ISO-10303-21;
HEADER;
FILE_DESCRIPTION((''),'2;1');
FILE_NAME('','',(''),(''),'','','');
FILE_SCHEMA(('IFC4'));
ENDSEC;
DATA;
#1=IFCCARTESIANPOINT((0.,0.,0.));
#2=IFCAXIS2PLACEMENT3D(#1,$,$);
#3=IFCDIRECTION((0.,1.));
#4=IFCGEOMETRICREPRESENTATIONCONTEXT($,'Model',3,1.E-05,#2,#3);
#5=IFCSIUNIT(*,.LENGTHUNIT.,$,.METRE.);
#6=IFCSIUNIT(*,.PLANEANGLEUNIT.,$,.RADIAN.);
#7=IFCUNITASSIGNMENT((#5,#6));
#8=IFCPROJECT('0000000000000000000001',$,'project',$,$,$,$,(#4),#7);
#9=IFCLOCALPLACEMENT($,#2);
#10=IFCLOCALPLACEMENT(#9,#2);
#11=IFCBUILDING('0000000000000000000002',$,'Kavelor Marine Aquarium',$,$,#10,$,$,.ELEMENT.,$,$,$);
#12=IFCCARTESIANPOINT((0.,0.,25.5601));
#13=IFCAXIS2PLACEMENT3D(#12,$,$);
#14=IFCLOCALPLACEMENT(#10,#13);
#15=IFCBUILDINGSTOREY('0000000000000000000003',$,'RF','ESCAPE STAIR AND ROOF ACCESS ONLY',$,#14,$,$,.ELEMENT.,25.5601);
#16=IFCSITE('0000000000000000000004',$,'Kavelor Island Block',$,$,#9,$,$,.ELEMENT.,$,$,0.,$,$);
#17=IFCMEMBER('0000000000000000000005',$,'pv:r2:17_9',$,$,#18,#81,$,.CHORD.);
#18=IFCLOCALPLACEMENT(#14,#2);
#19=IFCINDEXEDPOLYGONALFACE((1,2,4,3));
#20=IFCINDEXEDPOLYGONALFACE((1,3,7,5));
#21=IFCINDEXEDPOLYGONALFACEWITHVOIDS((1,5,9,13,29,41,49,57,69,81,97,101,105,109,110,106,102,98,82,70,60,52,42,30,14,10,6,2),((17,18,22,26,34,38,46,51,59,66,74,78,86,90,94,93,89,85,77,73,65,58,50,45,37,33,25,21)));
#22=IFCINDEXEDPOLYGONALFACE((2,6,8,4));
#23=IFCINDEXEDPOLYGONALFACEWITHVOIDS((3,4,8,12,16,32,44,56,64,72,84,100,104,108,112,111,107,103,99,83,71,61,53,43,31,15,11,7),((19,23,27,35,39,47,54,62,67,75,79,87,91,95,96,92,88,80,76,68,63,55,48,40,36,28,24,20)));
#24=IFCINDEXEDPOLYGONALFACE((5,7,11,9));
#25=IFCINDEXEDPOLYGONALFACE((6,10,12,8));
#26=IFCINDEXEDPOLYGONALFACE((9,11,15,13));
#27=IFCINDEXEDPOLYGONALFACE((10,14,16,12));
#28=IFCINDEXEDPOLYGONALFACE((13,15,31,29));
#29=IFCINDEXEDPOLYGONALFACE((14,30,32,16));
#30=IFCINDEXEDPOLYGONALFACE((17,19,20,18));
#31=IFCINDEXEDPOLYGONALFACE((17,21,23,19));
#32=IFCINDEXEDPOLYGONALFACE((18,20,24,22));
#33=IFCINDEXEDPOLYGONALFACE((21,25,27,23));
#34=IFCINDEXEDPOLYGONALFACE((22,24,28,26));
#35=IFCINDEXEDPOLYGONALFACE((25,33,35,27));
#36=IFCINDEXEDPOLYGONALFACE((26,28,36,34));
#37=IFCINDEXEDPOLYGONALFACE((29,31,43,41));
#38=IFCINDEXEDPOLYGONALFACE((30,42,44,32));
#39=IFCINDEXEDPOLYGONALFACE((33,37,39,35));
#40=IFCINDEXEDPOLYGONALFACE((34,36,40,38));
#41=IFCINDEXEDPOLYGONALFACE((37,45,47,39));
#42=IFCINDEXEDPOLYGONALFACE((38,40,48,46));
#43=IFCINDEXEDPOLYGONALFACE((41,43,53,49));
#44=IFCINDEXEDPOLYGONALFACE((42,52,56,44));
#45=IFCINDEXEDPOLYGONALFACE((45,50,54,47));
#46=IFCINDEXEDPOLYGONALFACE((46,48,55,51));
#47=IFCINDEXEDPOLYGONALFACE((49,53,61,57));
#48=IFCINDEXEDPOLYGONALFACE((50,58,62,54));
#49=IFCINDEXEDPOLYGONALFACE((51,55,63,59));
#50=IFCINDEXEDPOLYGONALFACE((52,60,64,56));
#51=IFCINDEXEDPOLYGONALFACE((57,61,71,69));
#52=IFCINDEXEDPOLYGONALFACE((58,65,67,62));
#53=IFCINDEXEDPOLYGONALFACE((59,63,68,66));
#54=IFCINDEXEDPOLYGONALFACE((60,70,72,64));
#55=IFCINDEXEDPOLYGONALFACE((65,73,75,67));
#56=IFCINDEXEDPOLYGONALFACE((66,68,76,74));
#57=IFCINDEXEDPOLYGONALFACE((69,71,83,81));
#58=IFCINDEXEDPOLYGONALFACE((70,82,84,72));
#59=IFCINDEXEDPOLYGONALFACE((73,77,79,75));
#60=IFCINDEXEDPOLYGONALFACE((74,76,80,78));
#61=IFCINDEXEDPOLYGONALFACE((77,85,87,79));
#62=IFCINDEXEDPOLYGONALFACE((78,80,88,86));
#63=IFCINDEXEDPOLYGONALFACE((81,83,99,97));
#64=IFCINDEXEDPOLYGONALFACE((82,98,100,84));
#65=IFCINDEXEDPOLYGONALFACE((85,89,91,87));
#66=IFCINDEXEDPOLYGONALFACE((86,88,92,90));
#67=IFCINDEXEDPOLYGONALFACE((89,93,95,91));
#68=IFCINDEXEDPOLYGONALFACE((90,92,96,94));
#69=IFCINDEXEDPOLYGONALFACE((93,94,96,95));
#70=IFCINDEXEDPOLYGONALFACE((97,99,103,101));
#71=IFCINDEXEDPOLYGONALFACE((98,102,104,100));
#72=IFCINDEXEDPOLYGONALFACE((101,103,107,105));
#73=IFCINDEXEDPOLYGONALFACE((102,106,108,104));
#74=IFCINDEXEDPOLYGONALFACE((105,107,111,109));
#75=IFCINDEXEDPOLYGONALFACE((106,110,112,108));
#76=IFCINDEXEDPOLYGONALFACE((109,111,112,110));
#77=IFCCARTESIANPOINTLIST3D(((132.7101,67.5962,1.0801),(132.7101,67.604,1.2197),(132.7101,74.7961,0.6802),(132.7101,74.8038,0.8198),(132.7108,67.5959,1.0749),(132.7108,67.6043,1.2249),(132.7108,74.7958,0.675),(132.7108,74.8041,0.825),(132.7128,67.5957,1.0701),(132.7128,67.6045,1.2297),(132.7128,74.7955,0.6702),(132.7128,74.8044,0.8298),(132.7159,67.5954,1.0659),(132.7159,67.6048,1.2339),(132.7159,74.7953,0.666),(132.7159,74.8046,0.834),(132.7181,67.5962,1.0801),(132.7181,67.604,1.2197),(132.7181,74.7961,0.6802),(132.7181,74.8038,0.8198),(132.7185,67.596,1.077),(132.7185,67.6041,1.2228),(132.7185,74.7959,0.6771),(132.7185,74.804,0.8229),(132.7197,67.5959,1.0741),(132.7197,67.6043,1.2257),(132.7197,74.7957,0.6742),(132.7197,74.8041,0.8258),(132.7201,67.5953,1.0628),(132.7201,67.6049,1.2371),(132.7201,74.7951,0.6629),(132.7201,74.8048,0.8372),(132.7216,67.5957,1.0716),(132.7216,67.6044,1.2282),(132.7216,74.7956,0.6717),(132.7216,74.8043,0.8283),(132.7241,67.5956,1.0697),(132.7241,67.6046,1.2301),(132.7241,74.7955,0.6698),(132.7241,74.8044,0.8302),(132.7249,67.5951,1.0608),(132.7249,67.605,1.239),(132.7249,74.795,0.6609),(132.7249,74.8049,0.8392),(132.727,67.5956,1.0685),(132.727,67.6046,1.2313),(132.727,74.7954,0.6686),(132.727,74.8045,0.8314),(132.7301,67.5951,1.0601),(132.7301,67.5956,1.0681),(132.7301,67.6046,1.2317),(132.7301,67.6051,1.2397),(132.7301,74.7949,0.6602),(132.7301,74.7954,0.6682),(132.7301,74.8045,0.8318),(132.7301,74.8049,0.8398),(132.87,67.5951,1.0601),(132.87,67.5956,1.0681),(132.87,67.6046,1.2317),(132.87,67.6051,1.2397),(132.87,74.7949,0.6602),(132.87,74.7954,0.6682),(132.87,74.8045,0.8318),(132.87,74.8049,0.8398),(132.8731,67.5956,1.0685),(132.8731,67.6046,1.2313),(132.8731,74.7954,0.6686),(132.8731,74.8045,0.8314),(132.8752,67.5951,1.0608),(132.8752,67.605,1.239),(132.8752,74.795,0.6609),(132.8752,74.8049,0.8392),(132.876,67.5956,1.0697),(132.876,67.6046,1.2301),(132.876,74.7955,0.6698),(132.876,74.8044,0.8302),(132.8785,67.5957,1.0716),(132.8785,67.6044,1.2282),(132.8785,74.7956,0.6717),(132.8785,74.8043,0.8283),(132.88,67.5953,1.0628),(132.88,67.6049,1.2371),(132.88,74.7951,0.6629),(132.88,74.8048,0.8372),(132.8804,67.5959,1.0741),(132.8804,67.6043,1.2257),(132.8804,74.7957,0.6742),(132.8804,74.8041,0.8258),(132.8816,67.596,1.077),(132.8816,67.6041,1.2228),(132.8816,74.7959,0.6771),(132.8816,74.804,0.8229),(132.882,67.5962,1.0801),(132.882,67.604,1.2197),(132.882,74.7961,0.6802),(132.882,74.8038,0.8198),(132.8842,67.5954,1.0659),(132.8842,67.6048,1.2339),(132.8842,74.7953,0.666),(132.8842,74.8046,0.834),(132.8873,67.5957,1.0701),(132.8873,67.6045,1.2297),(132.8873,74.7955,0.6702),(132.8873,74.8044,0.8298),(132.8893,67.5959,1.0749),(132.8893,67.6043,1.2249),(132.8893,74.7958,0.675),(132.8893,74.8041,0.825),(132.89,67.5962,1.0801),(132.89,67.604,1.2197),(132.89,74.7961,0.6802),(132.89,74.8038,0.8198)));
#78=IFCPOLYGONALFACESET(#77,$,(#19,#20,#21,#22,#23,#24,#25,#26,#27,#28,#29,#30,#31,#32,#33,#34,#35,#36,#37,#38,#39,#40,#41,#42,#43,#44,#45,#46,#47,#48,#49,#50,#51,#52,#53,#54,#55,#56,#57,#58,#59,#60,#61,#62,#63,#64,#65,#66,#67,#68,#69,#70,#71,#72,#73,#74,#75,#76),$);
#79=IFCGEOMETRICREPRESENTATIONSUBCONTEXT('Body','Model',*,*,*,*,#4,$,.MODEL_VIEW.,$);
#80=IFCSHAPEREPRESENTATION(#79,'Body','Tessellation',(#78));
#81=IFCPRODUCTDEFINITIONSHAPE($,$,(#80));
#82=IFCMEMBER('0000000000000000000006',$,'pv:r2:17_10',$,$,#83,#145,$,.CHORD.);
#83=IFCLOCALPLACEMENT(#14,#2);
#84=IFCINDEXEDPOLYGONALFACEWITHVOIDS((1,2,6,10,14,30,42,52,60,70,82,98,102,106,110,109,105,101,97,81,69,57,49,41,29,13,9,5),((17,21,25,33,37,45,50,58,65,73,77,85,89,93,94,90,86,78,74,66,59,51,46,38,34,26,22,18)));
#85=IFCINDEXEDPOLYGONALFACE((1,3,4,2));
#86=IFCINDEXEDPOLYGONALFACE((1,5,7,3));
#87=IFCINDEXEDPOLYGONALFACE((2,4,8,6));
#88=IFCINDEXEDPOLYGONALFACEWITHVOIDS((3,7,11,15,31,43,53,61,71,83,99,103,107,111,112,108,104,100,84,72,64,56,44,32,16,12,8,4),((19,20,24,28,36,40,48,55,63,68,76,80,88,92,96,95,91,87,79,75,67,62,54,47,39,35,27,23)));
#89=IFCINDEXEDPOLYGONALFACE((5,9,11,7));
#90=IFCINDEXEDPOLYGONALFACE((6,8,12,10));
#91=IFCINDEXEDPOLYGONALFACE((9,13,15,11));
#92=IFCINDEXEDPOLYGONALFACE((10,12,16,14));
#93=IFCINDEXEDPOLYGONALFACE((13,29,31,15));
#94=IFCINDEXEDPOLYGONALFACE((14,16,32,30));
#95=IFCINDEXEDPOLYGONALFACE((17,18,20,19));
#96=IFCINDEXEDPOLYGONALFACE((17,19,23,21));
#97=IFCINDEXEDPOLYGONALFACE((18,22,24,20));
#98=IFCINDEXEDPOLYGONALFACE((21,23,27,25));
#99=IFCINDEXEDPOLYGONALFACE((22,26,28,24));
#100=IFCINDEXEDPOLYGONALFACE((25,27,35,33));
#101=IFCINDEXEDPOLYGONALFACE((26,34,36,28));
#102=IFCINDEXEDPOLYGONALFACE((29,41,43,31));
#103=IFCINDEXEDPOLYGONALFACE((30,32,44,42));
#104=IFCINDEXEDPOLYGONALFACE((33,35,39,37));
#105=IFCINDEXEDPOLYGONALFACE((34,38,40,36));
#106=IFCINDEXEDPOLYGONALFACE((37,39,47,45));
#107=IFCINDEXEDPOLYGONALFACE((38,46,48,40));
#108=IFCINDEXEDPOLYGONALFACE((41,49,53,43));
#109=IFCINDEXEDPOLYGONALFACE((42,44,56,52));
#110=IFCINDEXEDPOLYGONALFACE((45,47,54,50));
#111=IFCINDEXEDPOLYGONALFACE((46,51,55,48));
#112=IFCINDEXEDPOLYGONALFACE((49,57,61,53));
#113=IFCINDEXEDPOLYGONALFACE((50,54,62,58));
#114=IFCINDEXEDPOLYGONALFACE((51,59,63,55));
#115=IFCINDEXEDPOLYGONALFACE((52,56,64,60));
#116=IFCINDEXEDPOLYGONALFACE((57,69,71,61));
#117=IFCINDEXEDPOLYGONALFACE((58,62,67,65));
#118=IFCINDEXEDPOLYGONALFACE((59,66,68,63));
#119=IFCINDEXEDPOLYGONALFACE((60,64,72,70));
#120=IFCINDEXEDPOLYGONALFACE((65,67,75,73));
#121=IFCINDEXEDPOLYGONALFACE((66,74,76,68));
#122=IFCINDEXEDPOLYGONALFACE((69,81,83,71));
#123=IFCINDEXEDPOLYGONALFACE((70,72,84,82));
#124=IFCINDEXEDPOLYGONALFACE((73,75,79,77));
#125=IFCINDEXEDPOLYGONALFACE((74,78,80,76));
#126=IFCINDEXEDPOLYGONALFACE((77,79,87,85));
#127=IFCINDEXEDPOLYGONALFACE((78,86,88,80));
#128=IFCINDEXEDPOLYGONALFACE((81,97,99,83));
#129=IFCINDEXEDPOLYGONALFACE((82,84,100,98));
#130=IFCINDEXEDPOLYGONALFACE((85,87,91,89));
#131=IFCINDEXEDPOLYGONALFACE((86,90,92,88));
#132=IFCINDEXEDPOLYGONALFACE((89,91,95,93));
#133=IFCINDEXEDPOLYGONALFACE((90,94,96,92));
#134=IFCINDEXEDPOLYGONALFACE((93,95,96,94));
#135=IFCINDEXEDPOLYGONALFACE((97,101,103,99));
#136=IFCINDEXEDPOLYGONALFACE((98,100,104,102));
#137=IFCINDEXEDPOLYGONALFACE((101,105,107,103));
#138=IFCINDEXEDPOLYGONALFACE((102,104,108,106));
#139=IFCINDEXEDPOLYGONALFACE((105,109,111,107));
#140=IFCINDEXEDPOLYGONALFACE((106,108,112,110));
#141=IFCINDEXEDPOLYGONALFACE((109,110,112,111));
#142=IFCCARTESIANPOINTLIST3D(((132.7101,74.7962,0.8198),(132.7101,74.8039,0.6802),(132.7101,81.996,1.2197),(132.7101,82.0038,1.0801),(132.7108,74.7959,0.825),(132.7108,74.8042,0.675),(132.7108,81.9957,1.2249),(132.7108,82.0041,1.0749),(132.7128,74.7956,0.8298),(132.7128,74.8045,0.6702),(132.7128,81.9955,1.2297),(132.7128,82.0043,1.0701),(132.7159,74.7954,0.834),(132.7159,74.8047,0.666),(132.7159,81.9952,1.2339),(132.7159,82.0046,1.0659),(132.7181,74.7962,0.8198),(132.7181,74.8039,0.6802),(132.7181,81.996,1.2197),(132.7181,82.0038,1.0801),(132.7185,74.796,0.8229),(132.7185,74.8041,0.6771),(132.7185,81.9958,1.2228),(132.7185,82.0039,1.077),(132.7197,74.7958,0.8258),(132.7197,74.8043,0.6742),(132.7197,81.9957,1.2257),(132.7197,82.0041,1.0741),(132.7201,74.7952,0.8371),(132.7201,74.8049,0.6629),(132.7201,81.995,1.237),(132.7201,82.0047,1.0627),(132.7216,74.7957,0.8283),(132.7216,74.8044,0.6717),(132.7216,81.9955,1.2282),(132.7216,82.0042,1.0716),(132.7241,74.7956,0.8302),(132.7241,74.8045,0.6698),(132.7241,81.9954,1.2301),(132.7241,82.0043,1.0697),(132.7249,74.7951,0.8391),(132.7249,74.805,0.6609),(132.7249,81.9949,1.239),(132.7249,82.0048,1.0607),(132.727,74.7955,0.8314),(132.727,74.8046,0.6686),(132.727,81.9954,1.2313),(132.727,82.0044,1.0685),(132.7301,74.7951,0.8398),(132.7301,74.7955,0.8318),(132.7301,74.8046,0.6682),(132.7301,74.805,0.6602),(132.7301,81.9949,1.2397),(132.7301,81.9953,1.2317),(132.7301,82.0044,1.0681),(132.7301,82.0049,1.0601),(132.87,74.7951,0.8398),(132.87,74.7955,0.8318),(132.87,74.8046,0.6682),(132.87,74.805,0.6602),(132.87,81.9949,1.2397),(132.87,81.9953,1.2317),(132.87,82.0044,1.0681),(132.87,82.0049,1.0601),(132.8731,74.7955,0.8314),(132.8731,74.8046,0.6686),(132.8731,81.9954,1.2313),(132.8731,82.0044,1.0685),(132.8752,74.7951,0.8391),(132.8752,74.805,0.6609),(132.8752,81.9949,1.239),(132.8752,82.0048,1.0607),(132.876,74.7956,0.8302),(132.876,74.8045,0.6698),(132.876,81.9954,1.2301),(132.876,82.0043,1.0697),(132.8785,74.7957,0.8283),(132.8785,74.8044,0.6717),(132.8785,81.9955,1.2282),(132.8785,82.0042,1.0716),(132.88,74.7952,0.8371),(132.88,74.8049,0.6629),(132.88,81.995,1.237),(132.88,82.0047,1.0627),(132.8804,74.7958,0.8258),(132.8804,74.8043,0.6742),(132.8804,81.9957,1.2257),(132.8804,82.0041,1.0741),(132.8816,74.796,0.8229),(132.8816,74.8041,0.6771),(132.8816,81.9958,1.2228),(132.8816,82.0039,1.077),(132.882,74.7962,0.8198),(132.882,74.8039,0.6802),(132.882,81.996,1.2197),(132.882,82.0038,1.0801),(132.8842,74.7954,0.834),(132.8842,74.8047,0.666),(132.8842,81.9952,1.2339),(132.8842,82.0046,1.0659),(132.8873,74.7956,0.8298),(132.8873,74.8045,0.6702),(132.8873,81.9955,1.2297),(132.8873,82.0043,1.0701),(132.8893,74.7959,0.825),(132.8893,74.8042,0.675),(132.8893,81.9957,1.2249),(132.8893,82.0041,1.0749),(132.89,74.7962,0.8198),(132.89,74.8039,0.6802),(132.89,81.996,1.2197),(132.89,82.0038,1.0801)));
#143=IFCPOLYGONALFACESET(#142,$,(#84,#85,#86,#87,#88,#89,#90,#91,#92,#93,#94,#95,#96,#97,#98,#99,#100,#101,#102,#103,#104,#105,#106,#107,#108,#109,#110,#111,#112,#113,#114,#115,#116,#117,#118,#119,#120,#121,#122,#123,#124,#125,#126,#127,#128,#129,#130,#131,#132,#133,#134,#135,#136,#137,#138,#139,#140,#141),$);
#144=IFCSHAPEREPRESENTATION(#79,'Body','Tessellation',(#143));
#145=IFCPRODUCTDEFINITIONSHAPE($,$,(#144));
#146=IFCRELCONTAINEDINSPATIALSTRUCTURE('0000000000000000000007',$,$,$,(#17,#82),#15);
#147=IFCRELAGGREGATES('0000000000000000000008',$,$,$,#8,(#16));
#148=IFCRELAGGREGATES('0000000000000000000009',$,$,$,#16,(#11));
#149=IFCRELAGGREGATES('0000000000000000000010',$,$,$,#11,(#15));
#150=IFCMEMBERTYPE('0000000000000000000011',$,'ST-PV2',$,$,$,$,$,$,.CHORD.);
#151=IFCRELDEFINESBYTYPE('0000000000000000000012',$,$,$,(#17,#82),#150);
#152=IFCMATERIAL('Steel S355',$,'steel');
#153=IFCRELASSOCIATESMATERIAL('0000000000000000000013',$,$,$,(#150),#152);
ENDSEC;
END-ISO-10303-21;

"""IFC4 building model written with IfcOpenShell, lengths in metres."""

from ifc_helpers import new_model, si_unit, direction, frame, origin, origin_2d, place, context, subcontext, project, spatial, hollow_rectangle, extrude, material, material_profile, profile_set, type_object, element, save


model = new_model("IFC4")

# Units and contexts
model_context = context("Model", 3, precision=1e-05, world=origin(), true_north=direction((0.0, 1.0)))
body_context = subcontext(model_context, "Body", "Model", "MODEL_VIEW")
ifc_project = project(units=[si_unit("LENGTHUNIT", "METRE"), si_unit("PLANEANGLEUNIT", "RADIAN")], contexts=[model_context])

# Site, building, storey
site_placement = place(None, origin())
site = spatial("IfcSite", under=ifc_project, at=site_placement, Name="Kavelor Island Block", CompositionType="ELEMENT", RefElevation=0.0)
building_placement = place(site_placement, origin())
building = spatial("IfcBuilding", under=site, at=building_placement, Name="Kavelor Marine Aquarium", CompositionType="ELEMENT")
storey_placement = place(building_placement, frame((0.0, 0.0, 25.5601)))
storey = spatial("IfcBuildingStorey", under=building, at=storey_placement, Name="RF", Description="ESCAPE STAIR AND ROOF ACCESS ONLY", CompositionType="ELEMENT", Elevation=25.5601)

# Members
ifc_material_1 = material(Name="Steel S355", Category="steel")
ifc_material_profile_1 = material_profile(ifc_material_1, hollow_rectangle(XDim=0.1799, YDim=0.1799, WallThickness=0.0081, InnerFilletRadius=0.012, OuterFilletRadius=0.02, at=origin_2d()), Name="SHS 180x180x8.0")
ifc_profile_set_1 = profile_set([ifc_material_profile_1], Name="Steel S355")
member_type_1 = type_object("IfcMemberType", Name="ST-PV2", PredefinedType="CHORD", material=ifc_profile_set_1)
for number, where, z_axis, x_axis, name in (
    (1, (132.8, 67.6001, 1.1499), (0.0, 0.998461, -0.055457), (-1.0, 0.0, 0.0), "pv:r2:17_9"),
    (2, (132.8, 74.8, 0.75), (0.0, 0.998461, 0.055457), (-1.0, 0.0, 0.0), "pv:r2:17_10"),
):
    element("IfcMember", number, at=place(storey_placement, frame(where, z_axis=z_axis, x_axis=x_axis)), inside=storey, type_object=member_type_1, Name=name, PredefinedType="CHORD", context=body_context, shape_type="SweptSolid", body=[
        extrude(hollow_rectangle(XDim=0.1799, YDim=0.1799, WallThickness=0.0081, InnerFilletRadius=0.012, OuterFilletRadius=0.02, at=origin_2d()), origin(), (0.0, 0.0, 1.0), 7.2109),
    ])

save(model, "model.ifc")
